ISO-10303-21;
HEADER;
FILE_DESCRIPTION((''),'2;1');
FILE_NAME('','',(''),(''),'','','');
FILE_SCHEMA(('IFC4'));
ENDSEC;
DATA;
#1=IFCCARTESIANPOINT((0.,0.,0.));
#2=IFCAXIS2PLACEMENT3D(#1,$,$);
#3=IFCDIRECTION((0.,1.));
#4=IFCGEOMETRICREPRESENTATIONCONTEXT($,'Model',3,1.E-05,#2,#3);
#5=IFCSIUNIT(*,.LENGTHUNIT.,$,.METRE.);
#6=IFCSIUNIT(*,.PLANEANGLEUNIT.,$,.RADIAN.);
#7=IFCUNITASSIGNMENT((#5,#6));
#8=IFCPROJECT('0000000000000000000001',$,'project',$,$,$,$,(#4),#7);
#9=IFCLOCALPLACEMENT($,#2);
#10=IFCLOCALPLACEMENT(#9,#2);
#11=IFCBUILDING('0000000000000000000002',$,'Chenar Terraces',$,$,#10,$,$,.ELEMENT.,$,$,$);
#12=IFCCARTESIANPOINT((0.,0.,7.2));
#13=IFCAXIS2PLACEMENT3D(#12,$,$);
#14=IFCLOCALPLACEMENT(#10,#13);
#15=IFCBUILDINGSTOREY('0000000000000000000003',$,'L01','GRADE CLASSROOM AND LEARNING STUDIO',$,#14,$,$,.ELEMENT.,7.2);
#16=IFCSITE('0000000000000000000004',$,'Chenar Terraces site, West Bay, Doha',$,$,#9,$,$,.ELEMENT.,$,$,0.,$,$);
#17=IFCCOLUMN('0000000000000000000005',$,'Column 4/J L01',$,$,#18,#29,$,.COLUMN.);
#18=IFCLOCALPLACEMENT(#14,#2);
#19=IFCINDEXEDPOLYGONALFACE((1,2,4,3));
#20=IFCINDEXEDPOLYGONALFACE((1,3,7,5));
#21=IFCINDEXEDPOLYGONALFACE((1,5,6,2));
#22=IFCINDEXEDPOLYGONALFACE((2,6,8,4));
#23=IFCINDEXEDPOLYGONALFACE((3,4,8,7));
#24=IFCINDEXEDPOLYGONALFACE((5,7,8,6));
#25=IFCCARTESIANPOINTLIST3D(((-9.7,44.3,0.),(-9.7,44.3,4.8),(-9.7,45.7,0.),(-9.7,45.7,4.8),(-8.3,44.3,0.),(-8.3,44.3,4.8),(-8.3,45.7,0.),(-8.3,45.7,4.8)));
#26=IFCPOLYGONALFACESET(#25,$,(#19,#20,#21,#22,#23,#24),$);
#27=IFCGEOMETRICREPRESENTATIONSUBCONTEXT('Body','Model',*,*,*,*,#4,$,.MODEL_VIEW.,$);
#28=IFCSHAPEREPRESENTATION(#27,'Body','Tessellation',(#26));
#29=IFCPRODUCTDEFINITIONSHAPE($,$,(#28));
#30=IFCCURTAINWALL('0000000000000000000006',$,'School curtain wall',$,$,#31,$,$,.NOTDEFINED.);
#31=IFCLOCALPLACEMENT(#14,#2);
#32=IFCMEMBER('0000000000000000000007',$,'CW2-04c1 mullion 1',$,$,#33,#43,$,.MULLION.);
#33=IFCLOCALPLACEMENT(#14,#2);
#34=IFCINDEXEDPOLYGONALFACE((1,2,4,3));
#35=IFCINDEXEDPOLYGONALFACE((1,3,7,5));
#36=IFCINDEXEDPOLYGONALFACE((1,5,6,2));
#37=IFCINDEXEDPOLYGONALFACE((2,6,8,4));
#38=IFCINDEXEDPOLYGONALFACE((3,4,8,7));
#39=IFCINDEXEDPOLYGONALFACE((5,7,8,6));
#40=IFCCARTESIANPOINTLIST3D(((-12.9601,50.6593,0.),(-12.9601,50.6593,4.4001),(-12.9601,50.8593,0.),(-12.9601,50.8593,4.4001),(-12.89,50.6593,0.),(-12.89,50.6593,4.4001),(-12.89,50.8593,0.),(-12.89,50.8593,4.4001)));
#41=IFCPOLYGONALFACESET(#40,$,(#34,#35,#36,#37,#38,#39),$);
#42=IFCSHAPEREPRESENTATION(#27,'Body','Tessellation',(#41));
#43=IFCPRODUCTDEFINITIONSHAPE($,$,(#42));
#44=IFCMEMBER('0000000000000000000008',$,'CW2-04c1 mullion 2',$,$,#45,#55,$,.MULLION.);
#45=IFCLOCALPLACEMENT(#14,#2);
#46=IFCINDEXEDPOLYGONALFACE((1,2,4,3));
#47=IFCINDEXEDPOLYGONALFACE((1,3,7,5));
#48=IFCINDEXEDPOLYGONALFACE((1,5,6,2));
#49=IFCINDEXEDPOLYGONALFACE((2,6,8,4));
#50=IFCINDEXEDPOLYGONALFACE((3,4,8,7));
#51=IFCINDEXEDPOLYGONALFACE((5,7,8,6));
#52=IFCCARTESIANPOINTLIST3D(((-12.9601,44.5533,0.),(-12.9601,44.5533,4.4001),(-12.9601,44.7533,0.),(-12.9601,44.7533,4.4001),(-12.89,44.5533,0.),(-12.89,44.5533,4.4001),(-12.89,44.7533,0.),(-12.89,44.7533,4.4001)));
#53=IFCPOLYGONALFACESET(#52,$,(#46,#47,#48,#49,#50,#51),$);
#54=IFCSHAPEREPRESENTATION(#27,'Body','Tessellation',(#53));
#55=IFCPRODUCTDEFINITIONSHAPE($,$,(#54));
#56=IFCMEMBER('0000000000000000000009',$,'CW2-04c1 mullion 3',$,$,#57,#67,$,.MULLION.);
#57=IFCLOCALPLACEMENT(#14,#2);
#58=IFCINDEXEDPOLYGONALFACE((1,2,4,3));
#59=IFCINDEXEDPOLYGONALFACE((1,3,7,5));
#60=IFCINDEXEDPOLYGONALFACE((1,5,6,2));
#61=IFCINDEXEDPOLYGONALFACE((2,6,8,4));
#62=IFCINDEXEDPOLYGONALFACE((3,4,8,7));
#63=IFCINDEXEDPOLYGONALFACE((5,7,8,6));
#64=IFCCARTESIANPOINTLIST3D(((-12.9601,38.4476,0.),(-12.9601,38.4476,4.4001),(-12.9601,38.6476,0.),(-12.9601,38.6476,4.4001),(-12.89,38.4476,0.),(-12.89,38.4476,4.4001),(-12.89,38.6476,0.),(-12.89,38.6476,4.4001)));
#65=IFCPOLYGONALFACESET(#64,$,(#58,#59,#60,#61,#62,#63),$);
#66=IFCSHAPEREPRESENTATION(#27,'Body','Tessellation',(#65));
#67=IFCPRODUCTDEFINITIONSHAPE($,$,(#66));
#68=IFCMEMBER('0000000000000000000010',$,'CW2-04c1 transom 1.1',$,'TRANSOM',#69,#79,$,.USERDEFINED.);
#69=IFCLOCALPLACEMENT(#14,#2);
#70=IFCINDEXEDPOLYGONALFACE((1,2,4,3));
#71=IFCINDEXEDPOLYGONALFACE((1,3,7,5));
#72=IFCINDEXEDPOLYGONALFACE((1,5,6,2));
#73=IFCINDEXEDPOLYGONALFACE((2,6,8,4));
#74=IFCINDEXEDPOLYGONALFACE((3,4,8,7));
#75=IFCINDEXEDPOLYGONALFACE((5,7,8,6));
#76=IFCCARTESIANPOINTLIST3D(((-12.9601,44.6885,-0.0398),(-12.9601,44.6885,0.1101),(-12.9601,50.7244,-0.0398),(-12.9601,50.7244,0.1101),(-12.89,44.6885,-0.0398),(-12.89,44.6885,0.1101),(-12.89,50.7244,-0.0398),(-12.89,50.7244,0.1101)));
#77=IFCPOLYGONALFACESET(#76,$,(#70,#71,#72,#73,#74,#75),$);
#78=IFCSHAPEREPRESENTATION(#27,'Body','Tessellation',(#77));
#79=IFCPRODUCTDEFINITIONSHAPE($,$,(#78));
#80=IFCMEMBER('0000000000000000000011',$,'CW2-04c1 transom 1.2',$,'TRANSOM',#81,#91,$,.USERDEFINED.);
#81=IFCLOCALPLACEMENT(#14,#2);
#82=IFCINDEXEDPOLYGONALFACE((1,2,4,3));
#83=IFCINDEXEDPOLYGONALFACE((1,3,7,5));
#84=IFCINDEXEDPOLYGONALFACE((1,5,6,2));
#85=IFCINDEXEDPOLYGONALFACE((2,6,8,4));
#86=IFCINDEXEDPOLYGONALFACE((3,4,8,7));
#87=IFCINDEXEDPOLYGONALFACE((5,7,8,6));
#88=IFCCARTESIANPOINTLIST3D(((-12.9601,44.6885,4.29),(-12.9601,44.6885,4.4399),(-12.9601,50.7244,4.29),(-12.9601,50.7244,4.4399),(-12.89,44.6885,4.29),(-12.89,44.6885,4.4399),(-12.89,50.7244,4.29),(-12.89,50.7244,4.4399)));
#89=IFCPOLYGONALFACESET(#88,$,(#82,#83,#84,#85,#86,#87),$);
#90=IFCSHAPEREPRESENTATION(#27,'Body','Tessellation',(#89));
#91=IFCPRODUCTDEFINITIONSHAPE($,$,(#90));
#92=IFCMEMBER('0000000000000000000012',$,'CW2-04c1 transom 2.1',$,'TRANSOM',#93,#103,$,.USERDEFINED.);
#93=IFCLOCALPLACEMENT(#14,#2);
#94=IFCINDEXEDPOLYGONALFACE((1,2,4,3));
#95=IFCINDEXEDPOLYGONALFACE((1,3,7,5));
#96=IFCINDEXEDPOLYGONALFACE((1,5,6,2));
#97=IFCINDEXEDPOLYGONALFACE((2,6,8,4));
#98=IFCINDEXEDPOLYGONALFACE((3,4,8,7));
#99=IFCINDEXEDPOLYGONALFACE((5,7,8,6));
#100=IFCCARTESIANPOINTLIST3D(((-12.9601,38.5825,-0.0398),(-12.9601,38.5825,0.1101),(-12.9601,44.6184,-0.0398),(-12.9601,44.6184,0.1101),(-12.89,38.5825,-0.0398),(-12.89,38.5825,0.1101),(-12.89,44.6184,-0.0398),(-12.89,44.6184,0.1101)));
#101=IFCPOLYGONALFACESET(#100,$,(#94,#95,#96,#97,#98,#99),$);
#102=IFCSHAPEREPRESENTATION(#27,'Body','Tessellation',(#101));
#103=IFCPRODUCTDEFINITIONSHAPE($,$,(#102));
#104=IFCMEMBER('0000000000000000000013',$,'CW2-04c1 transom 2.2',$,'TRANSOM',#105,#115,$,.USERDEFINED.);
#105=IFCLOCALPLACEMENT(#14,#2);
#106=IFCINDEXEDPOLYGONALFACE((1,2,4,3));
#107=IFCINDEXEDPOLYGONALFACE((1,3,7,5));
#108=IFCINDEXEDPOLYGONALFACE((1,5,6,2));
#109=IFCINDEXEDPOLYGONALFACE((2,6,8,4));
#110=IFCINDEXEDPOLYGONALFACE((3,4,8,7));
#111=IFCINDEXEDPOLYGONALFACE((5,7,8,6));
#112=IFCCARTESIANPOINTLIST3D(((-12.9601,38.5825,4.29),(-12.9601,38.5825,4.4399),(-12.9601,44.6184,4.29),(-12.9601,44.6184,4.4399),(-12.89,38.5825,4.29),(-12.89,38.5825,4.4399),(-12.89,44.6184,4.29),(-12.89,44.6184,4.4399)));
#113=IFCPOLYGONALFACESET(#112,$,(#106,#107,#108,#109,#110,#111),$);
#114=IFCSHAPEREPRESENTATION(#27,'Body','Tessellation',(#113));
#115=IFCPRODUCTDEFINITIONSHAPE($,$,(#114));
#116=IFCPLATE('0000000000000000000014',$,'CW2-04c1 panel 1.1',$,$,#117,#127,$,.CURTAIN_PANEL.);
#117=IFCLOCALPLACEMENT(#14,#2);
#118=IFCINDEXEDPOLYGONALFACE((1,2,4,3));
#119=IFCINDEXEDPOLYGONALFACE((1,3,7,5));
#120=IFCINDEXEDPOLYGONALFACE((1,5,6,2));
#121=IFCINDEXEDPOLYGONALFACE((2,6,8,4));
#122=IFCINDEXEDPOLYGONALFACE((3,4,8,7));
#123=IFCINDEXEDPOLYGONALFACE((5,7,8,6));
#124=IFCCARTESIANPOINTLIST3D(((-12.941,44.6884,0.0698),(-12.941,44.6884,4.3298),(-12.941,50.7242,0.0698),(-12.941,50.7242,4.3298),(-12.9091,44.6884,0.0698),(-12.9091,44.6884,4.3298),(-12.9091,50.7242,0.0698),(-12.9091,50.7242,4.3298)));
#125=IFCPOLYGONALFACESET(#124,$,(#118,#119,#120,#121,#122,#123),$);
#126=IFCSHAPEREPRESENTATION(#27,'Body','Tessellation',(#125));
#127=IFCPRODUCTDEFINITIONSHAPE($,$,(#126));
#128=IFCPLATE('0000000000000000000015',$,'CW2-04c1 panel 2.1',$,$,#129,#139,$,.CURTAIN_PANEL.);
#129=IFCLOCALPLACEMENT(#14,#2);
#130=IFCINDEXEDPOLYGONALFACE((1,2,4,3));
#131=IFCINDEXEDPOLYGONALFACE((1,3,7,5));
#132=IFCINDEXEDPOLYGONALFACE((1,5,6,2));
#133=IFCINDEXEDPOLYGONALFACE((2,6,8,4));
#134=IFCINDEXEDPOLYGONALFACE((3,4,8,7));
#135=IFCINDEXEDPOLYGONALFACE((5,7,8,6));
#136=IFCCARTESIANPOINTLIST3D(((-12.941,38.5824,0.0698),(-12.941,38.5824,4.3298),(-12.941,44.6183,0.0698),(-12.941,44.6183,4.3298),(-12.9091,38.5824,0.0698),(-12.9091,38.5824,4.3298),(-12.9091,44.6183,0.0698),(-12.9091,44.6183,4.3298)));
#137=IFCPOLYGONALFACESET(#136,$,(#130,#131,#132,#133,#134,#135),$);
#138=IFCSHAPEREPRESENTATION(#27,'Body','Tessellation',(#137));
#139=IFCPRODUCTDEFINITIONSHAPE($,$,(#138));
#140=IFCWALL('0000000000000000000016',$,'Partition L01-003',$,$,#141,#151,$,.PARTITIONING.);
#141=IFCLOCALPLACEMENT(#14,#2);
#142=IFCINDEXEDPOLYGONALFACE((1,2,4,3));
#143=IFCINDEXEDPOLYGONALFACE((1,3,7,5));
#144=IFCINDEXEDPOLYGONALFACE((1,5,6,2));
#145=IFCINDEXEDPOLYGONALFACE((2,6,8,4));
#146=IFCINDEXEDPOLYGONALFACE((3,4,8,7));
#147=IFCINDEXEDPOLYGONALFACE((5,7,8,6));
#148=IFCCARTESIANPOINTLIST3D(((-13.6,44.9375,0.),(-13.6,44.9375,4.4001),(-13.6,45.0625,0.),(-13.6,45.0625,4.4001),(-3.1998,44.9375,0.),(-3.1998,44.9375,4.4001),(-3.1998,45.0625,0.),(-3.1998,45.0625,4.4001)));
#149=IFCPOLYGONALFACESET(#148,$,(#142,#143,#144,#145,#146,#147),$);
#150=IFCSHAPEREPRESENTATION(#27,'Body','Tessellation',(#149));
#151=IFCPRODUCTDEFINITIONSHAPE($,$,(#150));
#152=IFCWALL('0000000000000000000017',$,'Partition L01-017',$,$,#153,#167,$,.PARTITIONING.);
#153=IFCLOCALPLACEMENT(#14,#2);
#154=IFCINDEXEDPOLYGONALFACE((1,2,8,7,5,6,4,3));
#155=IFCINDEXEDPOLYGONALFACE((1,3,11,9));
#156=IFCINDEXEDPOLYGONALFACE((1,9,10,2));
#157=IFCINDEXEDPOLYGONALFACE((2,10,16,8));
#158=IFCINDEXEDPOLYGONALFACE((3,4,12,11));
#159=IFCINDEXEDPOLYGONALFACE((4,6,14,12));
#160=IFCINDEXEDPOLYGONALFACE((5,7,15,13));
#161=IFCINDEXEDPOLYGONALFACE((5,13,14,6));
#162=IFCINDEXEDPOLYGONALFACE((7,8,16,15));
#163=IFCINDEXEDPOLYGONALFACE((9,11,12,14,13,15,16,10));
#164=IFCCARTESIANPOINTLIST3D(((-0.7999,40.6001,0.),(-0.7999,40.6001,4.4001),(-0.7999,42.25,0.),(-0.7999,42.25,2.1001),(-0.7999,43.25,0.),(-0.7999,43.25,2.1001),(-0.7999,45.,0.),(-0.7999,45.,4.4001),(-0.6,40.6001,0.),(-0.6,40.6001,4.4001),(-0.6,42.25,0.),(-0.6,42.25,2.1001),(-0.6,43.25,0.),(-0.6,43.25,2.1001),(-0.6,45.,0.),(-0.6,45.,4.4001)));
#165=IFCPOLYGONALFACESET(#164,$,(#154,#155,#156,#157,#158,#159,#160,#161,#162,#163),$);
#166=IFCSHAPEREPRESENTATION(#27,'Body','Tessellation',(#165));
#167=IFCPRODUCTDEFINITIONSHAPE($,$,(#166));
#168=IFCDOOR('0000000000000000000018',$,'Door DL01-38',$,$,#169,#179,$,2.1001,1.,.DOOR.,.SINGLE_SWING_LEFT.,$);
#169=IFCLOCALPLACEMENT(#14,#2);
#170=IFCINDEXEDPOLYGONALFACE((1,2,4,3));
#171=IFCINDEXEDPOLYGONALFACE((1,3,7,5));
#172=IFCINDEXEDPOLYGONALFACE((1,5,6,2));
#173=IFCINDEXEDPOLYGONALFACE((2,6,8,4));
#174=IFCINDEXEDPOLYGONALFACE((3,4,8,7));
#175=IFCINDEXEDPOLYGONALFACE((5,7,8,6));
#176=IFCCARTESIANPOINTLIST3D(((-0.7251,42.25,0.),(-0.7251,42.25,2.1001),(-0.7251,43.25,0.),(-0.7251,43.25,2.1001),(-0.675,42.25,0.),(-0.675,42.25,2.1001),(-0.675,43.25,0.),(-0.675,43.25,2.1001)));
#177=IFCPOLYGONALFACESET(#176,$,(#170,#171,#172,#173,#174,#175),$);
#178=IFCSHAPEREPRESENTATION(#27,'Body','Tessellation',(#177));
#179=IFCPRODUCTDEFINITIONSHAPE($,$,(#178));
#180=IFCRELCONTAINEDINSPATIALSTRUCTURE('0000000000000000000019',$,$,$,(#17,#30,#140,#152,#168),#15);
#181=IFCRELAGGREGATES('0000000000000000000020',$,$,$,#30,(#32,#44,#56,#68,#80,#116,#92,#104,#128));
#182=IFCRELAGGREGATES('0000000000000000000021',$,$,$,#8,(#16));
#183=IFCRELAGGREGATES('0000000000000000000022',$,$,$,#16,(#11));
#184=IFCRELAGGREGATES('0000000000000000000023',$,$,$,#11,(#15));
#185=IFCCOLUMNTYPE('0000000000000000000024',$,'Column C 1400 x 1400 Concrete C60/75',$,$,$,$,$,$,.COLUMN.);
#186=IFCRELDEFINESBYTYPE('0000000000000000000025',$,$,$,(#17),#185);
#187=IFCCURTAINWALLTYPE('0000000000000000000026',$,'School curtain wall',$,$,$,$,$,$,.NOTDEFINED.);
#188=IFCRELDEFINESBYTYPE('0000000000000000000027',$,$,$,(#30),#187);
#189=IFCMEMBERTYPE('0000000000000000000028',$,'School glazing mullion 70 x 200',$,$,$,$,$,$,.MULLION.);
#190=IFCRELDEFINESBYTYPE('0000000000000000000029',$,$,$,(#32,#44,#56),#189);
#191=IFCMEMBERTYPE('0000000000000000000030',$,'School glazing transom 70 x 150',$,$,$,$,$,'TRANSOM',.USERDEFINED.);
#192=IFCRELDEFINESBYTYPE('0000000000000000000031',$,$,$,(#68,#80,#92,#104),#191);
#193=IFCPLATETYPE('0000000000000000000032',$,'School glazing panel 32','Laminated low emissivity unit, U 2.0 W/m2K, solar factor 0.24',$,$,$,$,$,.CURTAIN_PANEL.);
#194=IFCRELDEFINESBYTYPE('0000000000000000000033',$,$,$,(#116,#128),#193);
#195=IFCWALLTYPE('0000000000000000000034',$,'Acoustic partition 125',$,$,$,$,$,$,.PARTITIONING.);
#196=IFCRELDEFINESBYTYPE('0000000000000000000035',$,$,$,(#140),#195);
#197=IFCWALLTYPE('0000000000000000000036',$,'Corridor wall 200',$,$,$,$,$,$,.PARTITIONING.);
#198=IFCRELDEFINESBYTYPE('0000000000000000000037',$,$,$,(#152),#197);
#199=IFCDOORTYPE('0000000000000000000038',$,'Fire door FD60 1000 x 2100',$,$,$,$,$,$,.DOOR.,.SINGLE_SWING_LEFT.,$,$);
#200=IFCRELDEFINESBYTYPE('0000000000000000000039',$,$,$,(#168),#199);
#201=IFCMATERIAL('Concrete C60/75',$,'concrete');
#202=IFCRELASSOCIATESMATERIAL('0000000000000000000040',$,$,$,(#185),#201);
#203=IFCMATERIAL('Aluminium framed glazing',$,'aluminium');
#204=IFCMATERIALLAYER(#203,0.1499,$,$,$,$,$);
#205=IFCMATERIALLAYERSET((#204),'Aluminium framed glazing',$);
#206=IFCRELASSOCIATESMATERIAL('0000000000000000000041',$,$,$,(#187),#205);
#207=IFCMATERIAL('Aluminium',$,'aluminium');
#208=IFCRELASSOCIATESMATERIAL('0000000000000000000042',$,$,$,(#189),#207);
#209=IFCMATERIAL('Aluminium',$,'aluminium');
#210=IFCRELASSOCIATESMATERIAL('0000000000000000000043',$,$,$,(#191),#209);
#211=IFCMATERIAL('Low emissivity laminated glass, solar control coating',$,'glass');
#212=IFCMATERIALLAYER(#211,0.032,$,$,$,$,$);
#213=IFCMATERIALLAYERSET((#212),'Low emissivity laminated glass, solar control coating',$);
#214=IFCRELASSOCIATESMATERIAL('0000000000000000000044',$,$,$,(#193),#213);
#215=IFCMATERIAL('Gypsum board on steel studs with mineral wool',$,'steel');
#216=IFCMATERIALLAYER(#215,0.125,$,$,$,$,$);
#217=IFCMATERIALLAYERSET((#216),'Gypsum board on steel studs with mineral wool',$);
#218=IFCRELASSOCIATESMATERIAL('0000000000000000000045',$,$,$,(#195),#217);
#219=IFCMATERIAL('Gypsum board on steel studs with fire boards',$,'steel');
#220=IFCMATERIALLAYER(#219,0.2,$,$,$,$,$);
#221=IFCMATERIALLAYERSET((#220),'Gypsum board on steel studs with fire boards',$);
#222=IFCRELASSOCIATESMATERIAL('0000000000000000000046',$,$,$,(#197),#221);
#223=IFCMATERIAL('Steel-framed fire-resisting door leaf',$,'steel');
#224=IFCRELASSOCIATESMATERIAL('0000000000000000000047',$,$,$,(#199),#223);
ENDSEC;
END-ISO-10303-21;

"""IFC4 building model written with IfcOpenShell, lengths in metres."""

from ifc_helpers import new_model, si_unit, direction, frame, frame_2d, origin, origin_2d, place, context, subcontext, project, spatial, rectangle, extrude, material, layer, layer_set, material_profile, profile_set, type_object, element, fill, aggregate, save


model = new_model("IFC4")

# Units and contexts
model_context = context("Model", 3, precision=1e-05, world=origin(), true_north=direction((0.0, 1.0)))
body_context = subcontext(model_context, "Body", "Model", "MODEL_VIEW")
ifc_project = project(units=[si_unit("LENGTHUNIT", "METRE"), si_unit("PLANEANGLEUNIT", "RADIAN")], contexts=[model_context])

# Site, building, storey
site_placement = place(None, origin())
site = spatial("IfcSite", under=ifc_project, at=site_placement, Name="Chenar Terraces site, West Bay, Doha", CompositionType="ELEMENT", RefElevation=0.0)
building_placement = place(site_placement, origin())
building = spatial("IfcBuilding", under=site, at=building_placement, Name="Chenar Terraces", CompositionType="ELEMENT")
storey_placement = place(building_placement, frame((0.0, 0.0, 7.2)))
storey = spatial("IfcBuildingStorey", under=building, at=storey_placement, Name="L01", Description="GRADE CLASSROOM AND LEARNING STUDIO", CompositionType="ELEMENT", Elevation=7.2)

# Column
ifc_material_1 = material(Name="Concrete C60/75", Category="concrete")
ifc_material_profile_1 = material_profile(ifc_material_1, rectangle(XDim=1.3999, YDim=1.3999, at=origin_2d()), Name="C 1400 x 1400")
ifc_profile_set_1 = profile_set([ifc_material_profile_1], Name="Concrete C60/75")
column_type = type_object("IfcColumnType", Name="Column C 1400 x 1400 Concrete C60/75", PredefinedType="COLUMN", material=ifc_profile_set_1)
column_placement = place(storey_placement, frame((-9.0, 45.0, 0.0), z_axis=(0.0, 0.0, 1.0), x_axis=(1.0, 0.0, 0.0)))
element("IfcColumn", 1, at=column_placement, inside=storey, type_object=column_type, Name="Column 4/J L01", PredefinedType="COLUMN", context=body_context, shape_type="SweptSolid", body=[
    extrude(rectangle(XDim=1.3999, YDim=1.3999, at=origin_2d()), origin(), (0.0, 0.0, 1.0), 4.8),
])

# Curtain wall, members, plates
ifc_material_2 = material(Name="Aluminium framed glazing", Category="aluminium")
ifc_layer_1 = layer(ifc_material_2, 0.1499)
ifc_layer_set_1 = layer_set([ifc_layer_1], Name="Aluminium framed glazing")
curtain_wall_type = type_object("IfcCurtainWallType", Name="School curtain wall", PredefinedType="NOTDEFINED", material=ifc_layer_set_1)
curtain_wall_placement = place(storey_placement, origin())
curtain_wall = element("IfcCurtainWall", 2, at=curtain_wall_placement, inside=storey, type_object=curtain_wall_type, Name="School curtain wall", PredefinedType="NOTDEFINED")
ifc_material_3 = material(Name="Aluminium", Category="aluminium")
ifc_material_profile_2 = material_profile(ifc_material_3, rectangle(XDim=0.0701, YDim=0.2, at=origin_2d()), Name="School glazing mullion 70 x 200")
ifc_profile_set_2 = profile_set([ifc_material_profile_2], Name="Aluminium")
member_type_1 = type_object("IfcMemberType", Name="School glazing mullion 70 x 200", PredefinedType="MULLION", material=ifc_profile_set_2)
member_1_placement = place(storey_placement, frame((-12.925, 50.7593, 0.0), z_axis=(0.0, 0.0, 1.0), x_axis=(1.0, 0.0, 0.0)))
member_1 = element("IfcMember", 3, at=member_1_placement, type_object=member_type_1, Name="CW2-04c1 mullion 1", PredefinedType="MULLION", context=body_context, shape_type="SweptSolid", body=[
    extrude(rectangle(XDim=0.0701, YDim=0.2, at=origin_2d()), origin(), (0.0, 0.0, 1.0), 4.4001),
])
member_2_placement = place(storey_placement, frame((-12.925, 44.6533, 0.0), z_axis=(0.0, 0.0, 1.0), x_axis=(1.0, 0.0, 0.0)))
member_2 = element("IfcMember", 4, at=member_2_placement, type_object=member_type_1, Name="CW2-04c1 mullion 2", PredefinedType="MULLION", context=body_context, shape_type="SweptSolid", body=[
    extrude(rectangle(XDim=0.0701, YDim=0.2, at=origin_2d()), origin(), (0.0, 0.0, 1.0), 4.4001),
])
member_3_placement = place(storey_placement, frame((-12.925, 38.5476, 0.0), z_axis=(0.0, 0.0, 1.0), x_axis=(1.0, 0.0, 0.0)))
member_3 = element("IfcMember", 5, at=member_3_placement, type_object=member_type_1, Name="CW2-04c1 mullion 3", PredefinedType="MULLION", context=body_context, shape_type="SweptSolid", body=[
    extrude(rectangle(XDim=0.0701, YDim=0.2, at=origin_2d()), origin(), (0.0, 0.0, 1.0), 4.4001),
])
ifc_material_4 = material(Name="Aluminium", Category="aluminium")
ifc_material_profile_3 = material_profile(ifc_material_4, rectangle(XDim=0.0701, YDim=0.1499, at=origin_2d()), Name="School glazing transom 70 x 150")
ifc_profile_set_3 = profile_set([ifc_material_profile_3], Name="Aluminium")
member_type_2 = type_object("IfcMemberType", Name="School glazing transom 70 x 150", ElementType="TRANSOM", PredefinedType="USERDEFINED", material=ifc_profile_set_3)
member_4_placement = place(storey_placement, frame((-12.925, 50.7244, 0.0352), z_axis=(0.0, -1.0, 0.0), x_axis=(1.0, 0.0, 0.0)))
member_4 = element("IfcMember", 6, at=member_4_placement, type_object=member_type_2, Name="CW2-04c1 transom 1.1", ObjectType="TRANSOM", PredefinedType="USERDEFINED", context=body_context, shape_type="SweptSolid", body=[
    extrude(rectangle(XDim=0.0701, YDim=0.1499, at=origin_2d()), origin(), (0.0, 0.0, 1.0), 6.0359),
])
member_5_placement = place(storey_placement, frame((-12.925, 50.7244, 4.365), z_axis=(0.0, -1.0, 0.0), x_axis=(1.0, 0.0, 0.0)))
member_5 = element("IfcMember", 7, at=member_5_placement, type_object=member_type_2, Name="CW2-04c1 transom 1.2", ObjectType="TRANSOM", PredefinedType="USERDEFINED", context=body_context, shape_type="SweptSolid", body=[
    extrude(rectangle(XDim=0.0701, YDim=0.1499, at=origin_2d()), origin(), (0.0, 0.0, 1.0), 6.0359),
])
member_6_placement = place(storey_placement, frame((-12.925, 44.6184, 0.0352), z_axis=(0.0, -1.0, 0.0), x_axis=(1.0, 0.0, 0.0)))
member_6 = element("IfcMember", 8, at=member_6_placement, type_object=member_type_2, Name="CW2-04c1 transom 2.1", ObjectType="TRANSOM", PredefinedType="USERDEFINED", context=body_context, shape_type="SweptSolid", body=[
    extrude(rectangle(XDim=0.0701, YDim=0.1499, at=origin_2d()), origin(), (0.0, 0.0, 1.0), 6.0359),
])
member_7_placement = place(storey_placement, frame((-12.925, 44.6184, 4.365), z_axis=(0.0, -1.0, 0.0), x_axis=(1.0, 0.0, 0.0)))
member_7 = element("IfcMember", 9, at=member_7_placement, type_object=member_type_2, Name="CW2-04c1 transom 2.2", ObjectType="TRANSOM", PredefinedType="USERDEFINED", context=body_context, shape_type="SweptSolid", body=[
    extrude(rectangle(XDim=0.0701, YDim=0.1499, at=origin_2d()), origin(), (0.0, 0.0, 1.0), 6.0359),
])
ifc_material_5 = material(Name="Low emissivity laminated glass, solar control coating", Category="glass")
ifc_layer_2 = layer(ifc_material_5, 0.032)
ifc_layer_set_2 = layer_set([ifc_layer_2], Name="Low emissivity laminated glass, solar control coating")
plate_type = type_object("IfcPlateType", Name="School glazing panel 32", Description="Laminated low emissivity unit, U 2.0 W/m2K, solar factor 0.24", PredefinedType="CURTAIN_PANEL", material=ifc_layer_set_2)
plate_1_placement = place(storey_placement, frame((-12.925, 47.7063, 0.0698), z_axis=(0.0, 0.0, 1.0), x_axis=(0.0, -1.0, 0.0)))
plate_1 = element("IfcPlate", 10, at=plate_1_placement, type_object=plate_type, Name="CW2-04c1 panel 1.1", PredefinedType="CURTAIN_PANEL", context=body_context, shape_type="SweptSolid", body=[
    extrude(rectangle(XDim=6.0359, YDim=0.032, at=origin_2d()), origin(), (0.0, 0.0, 1.0), 4.26),
])
plate_2_placement = place(storey_placement, frame((-12.925, 41.6003, 0.0698), z_axis=(0.0, 0.0, 1.0), x_axis=(0.0, -1.0, 0.0)))
plate_2 = element("IfcPlate", 11, at=plate_2_placement, type_object=plate_type, Name="CW2-04c1 panel 2.1", PredefinedType="CURTAIN_PANEL", context=body_context, shape_type="SweptSolid", body=[
    extrude(rectangle(XDim=6.0359, YDim=0.032, at=origin_2d()), origin(), (0.0, 0.0, 1.0), 4.26),
])
aggregate(curtain_wall, [member_1, member_2, member_3, member_4, member_5, plate_1, member_6, member_7, plate_2])

# Wall
ifc_material_6 = material(Name="Gypsum board on steel studs with mineral wool", Category="steel")
ifc_layer_3 = layer(ifc_material_6, 0.125)
ifc_layer_set_3 = layer_set([ifc_layer_3], Name="Gypsum board on steel studs with mineral wool")
wall_type_1 = type_object("IfcWallType", Name="Acoustic partition 125", PredefinedType="PARTITIONING", material=ifc_layer_set_3)
wall_1_placement = place(storey_placement, frame((-13.6001, 45.0, 0.0), z_axis=(0.0, 0.0, 1.0), x_axis=(1.0, 0.0, 0.0)))
element("IfcWall", 12, at=wall_1_placement, inside=storey, type_object=wall_type_1, Name="Partition L01-003", PredefinedType="PARTITIONING", context=body_context, shape_type="SweptSolid", body=[
    extrude(rectangle(XDim=10.4001, YDim=0.125, at=frame_2d((5.2002, 0.0))), origin(), (0.0, 0.0, 1.0), 4.4001),
])

# Wall, opening, door
ifc_material_7 = material(Name="Gypsum board on steel studs with fire boards", Category="steel")
ifc_layer_4 = layer(ifc_material_7, 0.2)
ifc_layer_set_4 = layer_set([ifc_layer_4], Name="Gypsum board on steel studs with fire boards")
wall_type_2 = type_object("IfcWallType", Name="Corridor wall 200", PredefinedType="PARTITIONING", material=ifc_layer_set_4)
wall_2_placement = place(storey_placement, frame((-0.7, 40.6001, 0.0), z_axis=(0.0, 0.0, 1.0), x_axis=(0.0, 1.0, 0.0)))
wall_2 = element("IfcWall", 13, at=wall_2_placement, inside=storey, type_object=wall_type_2, Name="Partition L01-017", PredefinedType="PARTITIONING", context=body_context, shape_type="SweptSolid", body=[
    extrude(rectangle(XDim=4.3999, YDim=0.2, at=frame_2d((2.2, 0.0))), origin(), (0.0, 0.0, 1.0), 4.4001),
])
opening_1_placement = place(wall_2_placement, frame((1.6499, 0.0, 0.0)))
opening_1 = element("IfcOpeningElement", 14, at=opening_1_placement, cuts=wall_2, PredefinedType="OPENING", context=body_context, shape_type="SweptSolid", body=[
    extrude(rectangle(XDim=1.0, YDim=2.1001, at=frame_2d((0.5, 1.05))), frame((0.0, 0.1099, 0.0), z_axis=(0.0, -1.0, 0.0), x_axis=(1.0, 0.0, 0.0)), (0.0, 0.0, 1.0), 0.22),
])
ifc_material_8 = material(Name="Steel-framed fire-resisting door leaf", Category="steel")
door_type_1 = type_object("IfcDoorType", Name="Fire door FD60 1000 x 2100", OperationType="SINGLE_SWING_LEFT", PredefinedType="DOOR", material=ifc_material_8)
door_1_placement = place(opening_1_placement, frame((1.0, 0.0, 0.0), z_axis=(0.0, 0.0, 1.0), x_axis=(-1.0, 0.0, 0.0)))
door_1 = element("IfcDoor", 15, at=door_1_placement, inside=storey, type_object=door_type_1, Name="Door DL01-38", OperationType="SINGLE_SWING_LEFT", OverallHeight=2.1001, OverallWidth=1.0, PredefinedType="DOOR", context=body_context, shape_type="SweptSolid", body=[
    extrude(rectangle(XDim=1.0, YDim=2.1001, at=frame_2d((0.5, 1.05))), frame((0.0, 0.0249, 0.0), z_axis=(0.0, -1.0, 0.0), x_axis=(1.0, 0.0, 0.0)), (0.0, 0.0, 1.0), 0.05),
])
fill(opening_1, door_1)

save(model, "model.ifc")
